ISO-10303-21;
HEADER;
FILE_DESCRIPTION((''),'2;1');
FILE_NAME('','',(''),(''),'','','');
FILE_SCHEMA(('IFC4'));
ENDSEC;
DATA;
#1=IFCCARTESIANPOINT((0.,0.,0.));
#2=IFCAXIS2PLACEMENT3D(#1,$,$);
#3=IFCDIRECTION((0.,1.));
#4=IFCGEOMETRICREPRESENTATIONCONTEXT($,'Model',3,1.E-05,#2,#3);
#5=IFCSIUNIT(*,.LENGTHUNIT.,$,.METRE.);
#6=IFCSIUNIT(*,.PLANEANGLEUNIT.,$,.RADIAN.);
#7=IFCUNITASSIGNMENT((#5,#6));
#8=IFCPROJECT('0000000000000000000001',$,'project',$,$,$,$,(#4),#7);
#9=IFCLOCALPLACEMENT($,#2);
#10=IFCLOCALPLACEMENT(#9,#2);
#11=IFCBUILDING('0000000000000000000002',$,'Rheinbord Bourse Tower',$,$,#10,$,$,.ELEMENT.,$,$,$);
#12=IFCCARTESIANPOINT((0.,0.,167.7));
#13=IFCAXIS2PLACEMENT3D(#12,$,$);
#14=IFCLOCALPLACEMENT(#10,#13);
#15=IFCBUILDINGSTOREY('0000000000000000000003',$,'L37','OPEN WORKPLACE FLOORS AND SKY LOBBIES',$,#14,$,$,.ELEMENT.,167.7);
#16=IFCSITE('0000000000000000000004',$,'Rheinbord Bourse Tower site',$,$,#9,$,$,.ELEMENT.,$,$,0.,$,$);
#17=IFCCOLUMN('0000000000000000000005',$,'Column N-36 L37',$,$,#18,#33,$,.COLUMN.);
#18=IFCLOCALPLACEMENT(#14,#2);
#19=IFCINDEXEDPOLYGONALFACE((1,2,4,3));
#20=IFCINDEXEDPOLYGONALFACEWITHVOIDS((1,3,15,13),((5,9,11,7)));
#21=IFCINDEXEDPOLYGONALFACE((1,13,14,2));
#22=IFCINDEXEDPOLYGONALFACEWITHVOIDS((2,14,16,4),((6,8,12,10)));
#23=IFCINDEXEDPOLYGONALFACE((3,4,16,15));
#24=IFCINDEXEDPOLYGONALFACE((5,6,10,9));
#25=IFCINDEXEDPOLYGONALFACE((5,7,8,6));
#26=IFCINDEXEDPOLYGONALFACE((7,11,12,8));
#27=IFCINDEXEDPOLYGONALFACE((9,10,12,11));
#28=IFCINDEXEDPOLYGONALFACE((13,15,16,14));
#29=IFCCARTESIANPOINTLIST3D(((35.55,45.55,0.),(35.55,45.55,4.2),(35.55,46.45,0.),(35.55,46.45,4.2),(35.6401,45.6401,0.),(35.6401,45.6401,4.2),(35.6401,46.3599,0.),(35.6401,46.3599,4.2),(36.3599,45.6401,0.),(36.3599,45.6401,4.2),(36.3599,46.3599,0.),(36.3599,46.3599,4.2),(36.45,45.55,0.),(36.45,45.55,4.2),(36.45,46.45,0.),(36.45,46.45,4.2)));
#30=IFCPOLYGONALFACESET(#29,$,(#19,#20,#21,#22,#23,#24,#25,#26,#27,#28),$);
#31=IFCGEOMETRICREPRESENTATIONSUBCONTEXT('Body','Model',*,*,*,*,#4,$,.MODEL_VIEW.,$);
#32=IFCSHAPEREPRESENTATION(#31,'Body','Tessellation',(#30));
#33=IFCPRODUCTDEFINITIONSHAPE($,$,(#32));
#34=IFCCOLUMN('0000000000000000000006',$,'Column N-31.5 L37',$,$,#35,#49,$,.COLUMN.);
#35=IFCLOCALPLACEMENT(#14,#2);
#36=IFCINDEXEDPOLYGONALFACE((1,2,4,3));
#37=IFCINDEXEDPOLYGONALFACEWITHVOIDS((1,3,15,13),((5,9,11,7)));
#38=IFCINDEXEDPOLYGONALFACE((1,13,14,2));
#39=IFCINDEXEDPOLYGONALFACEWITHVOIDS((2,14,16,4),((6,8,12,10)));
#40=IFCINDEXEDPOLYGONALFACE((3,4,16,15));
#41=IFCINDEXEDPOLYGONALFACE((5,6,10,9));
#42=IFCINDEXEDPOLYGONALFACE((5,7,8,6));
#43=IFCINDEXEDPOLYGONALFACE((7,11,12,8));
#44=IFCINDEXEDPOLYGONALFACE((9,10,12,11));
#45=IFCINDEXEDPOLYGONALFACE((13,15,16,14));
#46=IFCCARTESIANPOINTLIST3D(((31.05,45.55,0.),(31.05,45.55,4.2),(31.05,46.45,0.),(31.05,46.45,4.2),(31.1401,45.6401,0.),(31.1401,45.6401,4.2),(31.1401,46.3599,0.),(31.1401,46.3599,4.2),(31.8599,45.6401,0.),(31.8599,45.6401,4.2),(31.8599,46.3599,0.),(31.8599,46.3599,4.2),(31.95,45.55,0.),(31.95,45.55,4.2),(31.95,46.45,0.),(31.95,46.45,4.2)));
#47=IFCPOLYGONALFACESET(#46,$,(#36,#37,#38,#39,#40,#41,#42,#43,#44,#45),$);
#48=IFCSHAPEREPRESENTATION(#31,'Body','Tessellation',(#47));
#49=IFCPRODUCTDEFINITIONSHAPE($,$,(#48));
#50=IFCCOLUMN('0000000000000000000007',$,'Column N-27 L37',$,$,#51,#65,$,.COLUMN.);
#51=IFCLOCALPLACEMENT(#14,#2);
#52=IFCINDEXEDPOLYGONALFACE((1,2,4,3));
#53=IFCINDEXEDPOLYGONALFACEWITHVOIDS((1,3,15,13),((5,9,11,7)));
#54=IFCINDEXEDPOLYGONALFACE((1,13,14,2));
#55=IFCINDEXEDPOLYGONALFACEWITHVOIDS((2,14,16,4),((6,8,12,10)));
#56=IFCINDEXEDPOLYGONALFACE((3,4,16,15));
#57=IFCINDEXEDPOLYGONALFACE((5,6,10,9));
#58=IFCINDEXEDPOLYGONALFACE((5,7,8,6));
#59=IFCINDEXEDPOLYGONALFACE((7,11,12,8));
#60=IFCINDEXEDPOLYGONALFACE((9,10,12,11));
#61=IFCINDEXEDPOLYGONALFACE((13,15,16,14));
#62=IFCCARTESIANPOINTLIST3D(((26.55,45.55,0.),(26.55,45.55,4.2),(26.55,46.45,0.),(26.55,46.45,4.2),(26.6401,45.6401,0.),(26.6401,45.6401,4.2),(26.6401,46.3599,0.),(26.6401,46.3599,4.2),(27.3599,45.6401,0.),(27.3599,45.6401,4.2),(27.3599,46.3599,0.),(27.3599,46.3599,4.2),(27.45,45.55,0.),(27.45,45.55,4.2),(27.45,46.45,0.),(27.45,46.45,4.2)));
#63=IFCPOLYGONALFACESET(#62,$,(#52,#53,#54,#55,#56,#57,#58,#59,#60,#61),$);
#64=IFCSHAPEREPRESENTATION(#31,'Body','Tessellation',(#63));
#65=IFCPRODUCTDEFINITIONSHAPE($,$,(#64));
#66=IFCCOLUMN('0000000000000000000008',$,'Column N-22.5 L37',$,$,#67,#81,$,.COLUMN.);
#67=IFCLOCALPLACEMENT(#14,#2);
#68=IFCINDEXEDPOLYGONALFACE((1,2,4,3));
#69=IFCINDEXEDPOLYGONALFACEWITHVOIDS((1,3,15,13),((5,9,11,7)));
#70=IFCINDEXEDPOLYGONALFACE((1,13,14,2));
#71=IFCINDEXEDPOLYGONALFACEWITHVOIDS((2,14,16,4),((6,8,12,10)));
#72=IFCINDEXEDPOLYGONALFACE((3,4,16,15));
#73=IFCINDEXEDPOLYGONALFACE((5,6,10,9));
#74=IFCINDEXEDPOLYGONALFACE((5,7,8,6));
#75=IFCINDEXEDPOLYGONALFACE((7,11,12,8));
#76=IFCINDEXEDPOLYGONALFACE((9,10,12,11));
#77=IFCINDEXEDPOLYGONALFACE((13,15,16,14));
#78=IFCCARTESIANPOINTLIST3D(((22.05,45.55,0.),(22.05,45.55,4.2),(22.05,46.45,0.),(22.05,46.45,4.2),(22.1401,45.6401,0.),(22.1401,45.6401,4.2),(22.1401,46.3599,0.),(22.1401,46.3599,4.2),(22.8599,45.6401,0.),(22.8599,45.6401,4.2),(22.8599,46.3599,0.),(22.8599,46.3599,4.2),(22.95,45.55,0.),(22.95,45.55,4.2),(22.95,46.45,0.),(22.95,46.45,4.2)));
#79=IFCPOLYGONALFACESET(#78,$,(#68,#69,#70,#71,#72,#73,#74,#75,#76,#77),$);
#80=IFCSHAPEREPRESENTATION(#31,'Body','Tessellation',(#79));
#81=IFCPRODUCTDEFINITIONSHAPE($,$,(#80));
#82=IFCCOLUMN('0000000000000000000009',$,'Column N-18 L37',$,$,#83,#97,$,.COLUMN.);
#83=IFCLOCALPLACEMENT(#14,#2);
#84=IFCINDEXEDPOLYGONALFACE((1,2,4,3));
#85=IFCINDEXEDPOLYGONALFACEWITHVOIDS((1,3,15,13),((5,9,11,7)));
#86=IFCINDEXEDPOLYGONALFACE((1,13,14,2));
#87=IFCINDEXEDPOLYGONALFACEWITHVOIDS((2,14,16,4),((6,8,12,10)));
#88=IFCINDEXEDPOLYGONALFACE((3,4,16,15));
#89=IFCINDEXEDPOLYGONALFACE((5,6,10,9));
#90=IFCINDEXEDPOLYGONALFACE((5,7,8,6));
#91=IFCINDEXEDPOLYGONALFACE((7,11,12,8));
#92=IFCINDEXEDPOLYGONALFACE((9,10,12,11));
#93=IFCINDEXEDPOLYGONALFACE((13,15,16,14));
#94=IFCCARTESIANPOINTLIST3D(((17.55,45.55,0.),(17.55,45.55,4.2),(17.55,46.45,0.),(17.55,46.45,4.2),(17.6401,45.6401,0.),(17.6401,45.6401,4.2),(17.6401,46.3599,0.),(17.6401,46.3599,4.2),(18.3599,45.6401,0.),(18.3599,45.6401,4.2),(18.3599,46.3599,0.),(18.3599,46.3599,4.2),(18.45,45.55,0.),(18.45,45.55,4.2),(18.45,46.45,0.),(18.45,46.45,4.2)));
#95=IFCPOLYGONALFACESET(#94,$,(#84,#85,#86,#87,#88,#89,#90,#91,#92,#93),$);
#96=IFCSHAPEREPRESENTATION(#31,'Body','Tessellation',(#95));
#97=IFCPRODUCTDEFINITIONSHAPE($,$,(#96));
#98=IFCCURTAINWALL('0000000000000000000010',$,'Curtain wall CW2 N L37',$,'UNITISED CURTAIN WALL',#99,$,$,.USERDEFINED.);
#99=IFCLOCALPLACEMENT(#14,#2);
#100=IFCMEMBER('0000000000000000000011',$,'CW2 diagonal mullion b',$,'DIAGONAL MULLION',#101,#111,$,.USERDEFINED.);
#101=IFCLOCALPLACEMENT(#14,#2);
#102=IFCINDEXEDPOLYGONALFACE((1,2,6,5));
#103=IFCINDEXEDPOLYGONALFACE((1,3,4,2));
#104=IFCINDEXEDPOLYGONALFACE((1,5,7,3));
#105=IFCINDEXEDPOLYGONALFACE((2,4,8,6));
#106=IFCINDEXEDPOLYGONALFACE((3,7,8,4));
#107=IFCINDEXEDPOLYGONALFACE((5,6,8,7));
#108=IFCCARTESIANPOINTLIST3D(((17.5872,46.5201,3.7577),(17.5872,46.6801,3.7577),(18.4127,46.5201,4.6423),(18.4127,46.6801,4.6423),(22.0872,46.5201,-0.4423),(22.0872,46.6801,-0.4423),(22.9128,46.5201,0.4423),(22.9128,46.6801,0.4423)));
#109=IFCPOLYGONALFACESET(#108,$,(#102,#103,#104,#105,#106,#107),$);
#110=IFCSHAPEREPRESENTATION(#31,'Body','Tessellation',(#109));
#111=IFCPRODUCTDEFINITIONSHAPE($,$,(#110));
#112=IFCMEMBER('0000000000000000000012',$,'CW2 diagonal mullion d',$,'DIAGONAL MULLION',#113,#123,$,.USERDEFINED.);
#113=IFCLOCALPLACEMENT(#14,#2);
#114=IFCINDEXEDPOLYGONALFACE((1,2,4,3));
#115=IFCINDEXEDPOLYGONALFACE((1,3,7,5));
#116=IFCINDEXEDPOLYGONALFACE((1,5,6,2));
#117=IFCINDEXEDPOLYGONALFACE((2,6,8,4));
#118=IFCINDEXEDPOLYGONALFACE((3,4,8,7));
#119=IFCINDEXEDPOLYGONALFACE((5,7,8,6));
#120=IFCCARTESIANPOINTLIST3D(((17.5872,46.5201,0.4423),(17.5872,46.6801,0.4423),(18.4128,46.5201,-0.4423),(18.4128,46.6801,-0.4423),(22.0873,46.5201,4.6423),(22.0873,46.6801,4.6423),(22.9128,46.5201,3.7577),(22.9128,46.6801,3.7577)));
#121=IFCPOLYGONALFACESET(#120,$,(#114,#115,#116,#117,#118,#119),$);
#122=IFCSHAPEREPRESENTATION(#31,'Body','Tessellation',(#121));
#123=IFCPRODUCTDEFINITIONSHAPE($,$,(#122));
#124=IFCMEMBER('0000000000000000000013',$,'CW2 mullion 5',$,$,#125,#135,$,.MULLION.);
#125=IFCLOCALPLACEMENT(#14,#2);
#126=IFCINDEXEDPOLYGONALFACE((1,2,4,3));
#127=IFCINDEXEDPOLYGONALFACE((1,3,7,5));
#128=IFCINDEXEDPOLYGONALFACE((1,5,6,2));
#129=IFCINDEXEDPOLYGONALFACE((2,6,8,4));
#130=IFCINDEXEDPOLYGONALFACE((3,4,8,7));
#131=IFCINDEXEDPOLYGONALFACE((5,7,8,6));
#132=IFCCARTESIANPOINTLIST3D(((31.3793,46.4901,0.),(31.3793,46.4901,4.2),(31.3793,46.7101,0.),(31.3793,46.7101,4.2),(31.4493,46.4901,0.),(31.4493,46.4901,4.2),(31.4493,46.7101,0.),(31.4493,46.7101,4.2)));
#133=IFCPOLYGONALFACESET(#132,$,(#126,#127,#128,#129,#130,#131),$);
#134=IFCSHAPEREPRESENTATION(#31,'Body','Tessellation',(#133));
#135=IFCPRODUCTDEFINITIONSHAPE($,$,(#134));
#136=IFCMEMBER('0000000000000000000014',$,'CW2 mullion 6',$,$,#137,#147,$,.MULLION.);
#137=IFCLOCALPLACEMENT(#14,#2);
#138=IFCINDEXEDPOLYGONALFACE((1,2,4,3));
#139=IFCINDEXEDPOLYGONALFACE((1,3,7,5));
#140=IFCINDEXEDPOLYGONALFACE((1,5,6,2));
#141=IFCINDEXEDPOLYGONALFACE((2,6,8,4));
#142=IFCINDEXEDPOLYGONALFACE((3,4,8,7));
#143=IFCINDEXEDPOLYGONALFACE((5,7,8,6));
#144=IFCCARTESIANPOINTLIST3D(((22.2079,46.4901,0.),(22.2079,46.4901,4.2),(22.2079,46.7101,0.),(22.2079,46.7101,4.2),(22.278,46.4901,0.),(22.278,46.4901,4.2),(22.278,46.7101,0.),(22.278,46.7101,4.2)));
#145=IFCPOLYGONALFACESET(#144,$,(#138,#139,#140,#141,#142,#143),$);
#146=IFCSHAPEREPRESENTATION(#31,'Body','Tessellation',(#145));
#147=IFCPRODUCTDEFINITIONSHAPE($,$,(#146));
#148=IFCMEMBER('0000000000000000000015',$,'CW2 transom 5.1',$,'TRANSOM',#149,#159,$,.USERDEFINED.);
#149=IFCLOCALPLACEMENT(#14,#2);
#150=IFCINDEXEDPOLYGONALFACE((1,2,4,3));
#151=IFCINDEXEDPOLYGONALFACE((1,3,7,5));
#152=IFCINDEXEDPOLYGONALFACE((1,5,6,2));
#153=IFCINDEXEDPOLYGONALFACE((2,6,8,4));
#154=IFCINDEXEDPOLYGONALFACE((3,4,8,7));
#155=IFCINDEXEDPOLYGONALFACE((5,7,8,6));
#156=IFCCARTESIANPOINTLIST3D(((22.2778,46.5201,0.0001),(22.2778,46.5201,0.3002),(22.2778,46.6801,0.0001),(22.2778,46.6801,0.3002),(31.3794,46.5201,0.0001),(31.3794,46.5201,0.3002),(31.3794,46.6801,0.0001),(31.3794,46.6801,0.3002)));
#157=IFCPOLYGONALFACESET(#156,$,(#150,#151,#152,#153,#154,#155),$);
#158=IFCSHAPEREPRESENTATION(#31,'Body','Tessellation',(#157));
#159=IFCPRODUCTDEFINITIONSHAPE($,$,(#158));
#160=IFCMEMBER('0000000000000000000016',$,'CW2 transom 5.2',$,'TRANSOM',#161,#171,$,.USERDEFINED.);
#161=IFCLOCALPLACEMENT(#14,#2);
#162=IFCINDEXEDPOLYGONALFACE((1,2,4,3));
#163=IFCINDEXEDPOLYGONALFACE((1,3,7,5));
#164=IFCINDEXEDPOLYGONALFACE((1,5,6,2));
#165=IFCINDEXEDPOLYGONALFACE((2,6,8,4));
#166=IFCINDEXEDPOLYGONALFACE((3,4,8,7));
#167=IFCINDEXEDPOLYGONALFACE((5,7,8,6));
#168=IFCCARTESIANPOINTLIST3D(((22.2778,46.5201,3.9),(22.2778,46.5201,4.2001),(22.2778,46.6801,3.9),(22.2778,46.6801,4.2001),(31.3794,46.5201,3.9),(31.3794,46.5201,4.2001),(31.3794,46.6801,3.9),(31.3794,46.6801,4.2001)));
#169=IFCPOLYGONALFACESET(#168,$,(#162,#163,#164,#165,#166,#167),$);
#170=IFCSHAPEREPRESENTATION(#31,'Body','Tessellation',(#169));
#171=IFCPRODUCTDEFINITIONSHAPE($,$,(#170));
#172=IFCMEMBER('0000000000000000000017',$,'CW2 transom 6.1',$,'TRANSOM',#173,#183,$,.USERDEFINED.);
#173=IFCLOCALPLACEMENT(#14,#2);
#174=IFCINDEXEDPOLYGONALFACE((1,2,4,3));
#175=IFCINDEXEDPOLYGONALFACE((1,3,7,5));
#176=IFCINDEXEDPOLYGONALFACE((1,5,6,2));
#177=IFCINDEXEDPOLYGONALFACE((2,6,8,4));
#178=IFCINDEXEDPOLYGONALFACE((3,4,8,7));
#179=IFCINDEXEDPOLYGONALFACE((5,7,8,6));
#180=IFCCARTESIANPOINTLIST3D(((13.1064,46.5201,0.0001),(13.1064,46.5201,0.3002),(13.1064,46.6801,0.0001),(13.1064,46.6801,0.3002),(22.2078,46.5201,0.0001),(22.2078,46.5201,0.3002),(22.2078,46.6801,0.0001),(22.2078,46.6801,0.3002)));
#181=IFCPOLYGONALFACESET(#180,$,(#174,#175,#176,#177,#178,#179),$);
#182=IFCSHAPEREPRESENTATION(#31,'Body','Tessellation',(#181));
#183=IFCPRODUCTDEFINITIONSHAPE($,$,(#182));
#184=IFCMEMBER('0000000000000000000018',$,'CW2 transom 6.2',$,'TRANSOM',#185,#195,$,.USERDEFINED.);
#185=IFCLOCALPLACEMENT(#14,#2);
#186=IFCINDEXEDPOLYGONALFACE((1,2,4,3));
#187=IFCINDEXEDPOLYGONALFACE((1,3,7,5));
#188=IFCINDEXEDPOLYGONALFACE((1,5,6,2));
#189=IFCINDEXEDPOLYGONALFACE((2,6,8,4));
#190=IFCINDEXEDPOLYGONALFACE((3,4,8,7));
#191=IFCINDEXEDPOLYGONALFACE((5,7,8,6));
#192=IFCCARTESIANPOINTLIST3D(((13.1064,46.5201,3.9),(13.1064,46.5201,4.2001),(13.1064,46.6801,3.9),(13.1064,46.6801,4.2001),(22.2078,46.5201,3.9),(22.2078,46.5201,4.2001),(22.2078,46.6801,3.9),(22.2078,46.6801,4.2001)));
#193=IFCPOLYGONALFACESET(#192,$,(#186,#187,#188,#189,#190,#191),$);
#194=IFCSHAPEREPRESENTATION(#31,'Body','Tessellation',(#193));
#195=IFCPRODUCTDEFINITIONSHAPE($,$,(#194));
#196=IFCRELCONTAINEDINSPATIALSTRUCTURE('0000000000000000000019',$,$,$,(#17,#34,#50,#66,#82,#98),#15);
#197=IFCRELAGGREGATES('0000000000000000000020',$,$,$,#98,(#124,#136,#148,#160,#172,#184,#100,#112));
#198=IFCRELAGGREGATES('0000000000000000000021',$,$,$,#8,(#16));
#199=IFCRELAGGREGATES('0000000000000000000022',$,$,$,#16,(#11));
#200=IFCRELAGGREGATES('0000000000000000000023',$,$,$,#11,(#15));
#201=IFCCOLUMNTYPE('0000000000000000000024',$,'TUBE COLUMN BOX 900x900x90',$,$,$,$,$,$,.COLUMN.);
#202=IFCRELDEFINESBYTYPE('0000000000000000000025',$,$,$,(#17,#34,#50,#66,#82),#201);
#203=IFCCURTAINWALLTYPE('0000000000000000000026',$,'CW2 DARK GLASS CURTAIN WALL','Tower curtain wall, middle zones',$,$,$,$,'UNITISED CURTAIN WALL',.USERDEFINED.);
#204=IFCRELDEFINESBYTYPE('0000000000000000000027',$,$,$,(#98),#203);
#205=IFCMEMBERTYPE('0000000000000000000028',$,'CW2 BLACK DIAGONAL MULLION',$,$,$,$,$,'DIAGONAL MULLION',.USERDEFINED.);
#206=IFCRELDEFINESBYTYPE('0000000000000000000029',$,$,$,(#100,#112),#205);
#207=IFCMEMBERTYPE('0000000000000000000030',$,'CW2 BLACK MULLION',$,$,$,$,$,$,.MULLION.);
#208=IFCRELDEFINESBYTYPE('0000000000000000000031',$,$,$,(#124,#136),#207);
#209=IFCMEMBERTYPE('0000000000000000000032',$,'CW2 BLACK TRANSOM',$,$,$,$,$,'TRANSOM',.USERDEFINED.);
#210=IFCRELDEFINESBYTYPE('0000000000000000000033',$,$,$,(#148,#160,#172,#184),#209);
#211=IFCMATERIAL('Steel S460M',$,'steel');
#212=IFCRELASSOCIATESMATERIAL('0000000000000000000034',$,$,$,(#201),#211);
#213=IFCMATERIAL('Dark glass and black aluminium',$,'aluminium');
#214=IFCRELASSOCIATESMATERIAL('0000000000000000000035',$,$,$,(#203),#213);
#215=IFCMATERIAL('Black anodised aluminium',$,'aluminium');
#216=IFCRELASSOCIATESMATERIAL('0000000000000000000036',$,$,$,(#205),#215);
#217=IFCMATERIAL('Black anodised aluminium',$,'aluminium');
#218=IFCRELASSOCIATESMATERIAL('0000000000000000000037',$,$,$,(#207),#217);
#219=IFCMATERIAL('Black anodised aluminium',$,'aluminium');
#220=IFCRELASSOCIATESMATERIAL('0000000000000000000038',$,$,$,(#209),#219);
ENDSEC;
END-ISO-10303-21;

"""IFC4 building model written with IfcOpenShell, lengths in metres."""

from ifc_helpers import new_model, si_unit, direction, frame, origin, origin_2d, place, context, subcontext, project, spatial, rectangle, hollow_rectangle, extrude, material, material_profile, profile_set, type_object, element, aggregate, save


model = new_model("IFC4")

# Units and contexts
model_context = context("Model", 3, precision=1e-05, world=origin(), true_north=direction((0.0, 1.0)))
body_context = subcontext(model_context, "Body", "Model", "MODEL_VIEW")
ifc_project = project(units=[si_unit("LENGTHUNIT", "METRE"), si_unit("PLANEANGLEUNIT", "RADIAN")], contexts=[model_context])

# Site, building, storey
site_placement = place(None, origin())
site = spatial("IfcSite", under=ifc_project, at=site_placement, Name="Rheinbord Bourse Tower site", CompositionType="ELEMENT", RefElevation=0.0)
building_placement = place(site_placement, origin())
building = spatial("IfcBuilding", under=site, at=building_placement, Name="Rheinbord Bourse Tower", CompositionType="ELEMENT")
storey_placement = place(building_placement, frame((0.0, 0.0, 167.7)))
storey = spatial("IfcBuildingStorey", under=building, at=storey_placement, Name="L37", Description="OPEN WORKPLACE FLOORS AND SKY LOBBIES", CompositionType="ELEMENT", Elevation=167.7)

# Columns
ifc_material_1 = material(Name="Steel S460M", Category="steel")
ifc_material_profile_1 = material_profile(ifc_material_1, hollow_rectangle(XDim=0.8999, YDim=0.8999, WallThickness=0.0901, at=origin_2d()), Name="BOX 900x900x90")
ifc_profile_set_1 = profile_set([ifc_material_profile_1], Name="Steel S460M")
column_type = type_object("IfcColumnType", Name="TUBE COLUMN BOX 900x900x90", PredefinedType="COLUMN", material=ifc_profile_set_1)
for number, where, z_axis, x_axis, name in (
    (1, (36.0, 46.0, 0.0), (0.0, 0.0, 1.0), (0.0, 1.0, 0.0), "Column N-36 L37"),
    (2, (31.5, 46.0, 0.0), (0.0, 0.0, 1.0), (0.0, 1.0, 0.0), "Column N-31.5 L37"),
    (3, (27.0, 46.0, 0.0), (0.0, 0.0, 1.0), (0.0, 1.0, 0.0), "Column N-27 L37"),
    (4, (22.5, 46.0, 0.0), (0.0, 0.0, 1.0), (0.0, 1.0, 0.0), "Column N-22.5 L37"),
    (5, (18.0, 46.0, 0.0), (0.0, 0.0, 1.0), (0.0, 1.0, 0.0), "Column N-18 L37"),
):
    element("IfcColumn", number, at=place(storey_placement, frame(where, z_axis=z_axis, x_axis=x_axis)), inside=storey, type_object=column_type, Name=name, PredefinedType="COLUMN", context=body_context, shape_type="SweptSolid", body=[
        extrude(hollow_rectangle(XDim=0.8999, YDim=0.8999, WallThickness=0.0901, at=origin_2d()), origin(), (0.0, 0.0, 1.0), 4.2),
    ])

# Curtain wall, members
ifc_material_2 = material(Name="Dark glass and black aluminium", Category="aluminium")
curtain_wall_type = type_object("IfcCurtainWallType", Name="CW2 DARK GLASS CURTAIN WALL", Description="Tower curtain wall, middle zones", ElementType="UNITISED CURTAIN WALL", PredefinedType="USERDEFINED", material=ifc_material_2)
curtain_wall_placement = place(storey_placement, origin())
curtain_wall = element("IfcCurtainWall", 6, at=curtain_wall_placement, inside=storey, type_object=curtain_wall_type, Name="Curtain wall CW2 N L37", ObjectType="UNITISED CURTAIN WALL", PredefinedType="USERDEFINED")
ifc_material_3 = material(Name="Black anodised aluminium", Category="aluminium")
ifc_material_profile_2 = material_profile(ifc_material_3, rectangle(XDim=0.1599, YDim=1.21, at=origin_2d()), Name="CW2 DIAGONAL MULLION 1210x160")
ifc_profile_set_2 = profile_set([ifc_material_profile_2], Name="Black anodised aluminium")
member_type_1 = type_object("IfcMemberType", Name="CW2 BLACK DIAGONAL MULLION", ElementType="DIAGONAL MULLION", PredefinedType="USERDEFINED", material=ifc_profile_set_2)
member_1_placement = place(storey_placement, frame((22.5, 46.6001, 0.0), z_axis=(-0.731059, 0.0, 0.682314), x_axis=(0.0, -1.0, 0.0)))
member_1 = element("IfcMember", 7, at=member_1_placement, type_object=member_type_1, Name="CW2 diagonal mullion b", ObjectType="DIAGONAL MULLION", PredefinedType="USERDEFINED", context=body_context, shape_type="SweptSolid", body=[
    extrude(rectangle(XDim=0.1599, YDim=1.21, at=origin_2d()), origin(), (0.0, 0.0, 1.0), 6.1555),
])
member_2_placement = place(storey_placement, frame((18.0, 46.6001, 0.0), z_axis=(0.731059, 0.0, 0.682314), x_axis=(0.0, 1.0, 0.0)))
member_2 = element("IfcMember", 8, at=member_2_placement, type_object=member_type_1, Name="CW2 diagonal mullion d", ObjectType="DIAGONAL MULLION", PredefinedType="USERDEFINED", context=body_context, shape_type="SweptSolid", body=[
    extrude(rectangle(XDim=0.1599, YDim=1.21, at=origin_2d()), origin(), (0.0, 0.0, 1.0), 6.1555),
])
ifc_material_4 = material(Name="Black anodised aluminium", Category="aluminium")
ifc_material_profile_3 = material_profile(ifc_material_4, rectangle(XDim=0.22, YDim=0.0701, at=origin_2d()), Name="CW2 MULLION 70x220")
ifc_profile_set_3 = profile_set([ifc_material_profile_3], Name="Black anodised aluminium")
member_type_2 = type_object("IfcMemberType", Name="CW2 BLACK MULLION", PredefinedType="MULLION", material=ifc_profile_set_3)
member_3_placement = place(storey_placement, frame((31.4143, 46.6001, 0.0), z_axis=(0.0, 0.0, 1.0), x_axis=(0.0, -1.0, 0.0)))
member_3 = element("IfcMember", 9, at=member_3_placement, type_object=member_type_2, Name="CW2 mullion 5", PredefinedType="MULLION", context=body_context, shape_type="SweptSolid", body=[
    extrude(rectangle(XDim=0.22, YDim=0.0701, at=origin_2d()), origin(), (0.0, 0.0, 1.0), 4.2),
])
member_4_placement = place(storey_placement, frame((22.2429, 46.6001, 0.0), z_axis=(0.0, 0.0, 1.0), x_axis=(0.0, -1.0, 0.0)))
member_4 = element("IfcMember", 10, at=member_4_placement, type_object=member_type_2, Name="CW2 mullion 6", PredefinedType="MULLION", context=body_context, shape_type="SweptSolid", body=[
    extrude(rectangle(XDim=0.22, YDim=0.0701, at=origin_2d()), origin(), (0.0, 0.0, 1.0), 4.2),
])
ifc_material_5 = material(Name="Black anodised aluminium", Category="aluminium")
ifc_material_profile_4 = material_profile(ifc_material_5, rectangle(XDim=0.1599, YDim=0.3, at=origin_2d()), Name="CW2 TRANSOM 300x160")
ifc_profile_set_4 = profile_set([ifc_material_profile_4], Name="Black anodised aluminium")
member_type_3 = type_object("IfcMemberType", Name="CW2 BLACK TRANSOM", ElementType="TRANSOM", PredefinedType="USERDEFINED", material=ifc_profile_set_4)
member_5_placement = place(storey_placement, frame((31.3794, 46.6001, 0.1501), z_axis=(-1.0, 0.0, 0.0), x_axis=(0.0, -1.0, 0.0)))
member_5 = element("IfcMember", 11, at=member_5_placement, type_object=member_type_3, Name="CW2 transom 5.1", ObjectType="TRANSOM", PredefinedType="USERDEFINED", context=body_context, shape_type="SweptSolid", body=[
    extrude(rectangle(XDim=0.1599, YDim=0.3, at=origin_2d()), origin(), (0.0, 0.0, 1.0), 9.1016),
])
member_6_placement = place(storey_placement, frame((31.3794, 46.6001, 4.05), z_axis=(-1.0, 0.0, 0.0), x_axis=(0.0, -1.0, 0.0)))
member_6 = element("IfcMember", 12, at=member_6_placement, type_object=member_type_3, Name="CW2 transom 5.2", ObjectType="TRANSOM", PredefinedType="USERDEFINED", context=body_context, shape_type="SweptSolid", body=[
    extrude(rectangle(XDim=0.1599, YDim=0.3, at=origin_2d()), origin(), (0.0, 0.0, 1.0), 9.1016),
])
member_7_placement = place(storey_placement, frame((22.2078, 46.6001, 0.1501), z_axis=(-1.0, 0.0, 0.0), x_axis=(0.0, -1.0, 0.0)))
member_7 = element("IfcMember", 13, at=member_7_placement, type_object=member_type_3, Name="CW2 transom 6.1", ObjectType="TRANSOM", PredefinedType="USERDEFINED", context=body_context, shape_type="SweptSolid", body=[
    extrude(rectangle(XDim=0.1599, YDim=0.3, at=origin_2d()), origin(), (0.0, 0.0, 1.0), 9.1013),
])
member_8_placement = place(storey_placement, frame((22.2078, 46.6001, 4.05), z_axis=(-1.0, 0.0, 0.0), x_axis=(0.0, -1.0, 0.0)))
member_8 = element("IfcMember", 14, at=member_8_placement, type_object=member_type_3, Name="CW2 transom 6.2", ObjectType="TRANSOM", PredefinedType="USERDEFINED", context=body_context, shape_type="SweptSolid", body=[
    extrude(rectangle(XDim=0.1599, YDim=0.3, at=origin_2d()), origin(), (0.0, 0.0, 1.0), 9.1013),
])

aggregate(curtain_wall, [member_3, member_4, member_5, member_6, member_7, member_8, member_1, member_2])

save(model, "model.ifc")
